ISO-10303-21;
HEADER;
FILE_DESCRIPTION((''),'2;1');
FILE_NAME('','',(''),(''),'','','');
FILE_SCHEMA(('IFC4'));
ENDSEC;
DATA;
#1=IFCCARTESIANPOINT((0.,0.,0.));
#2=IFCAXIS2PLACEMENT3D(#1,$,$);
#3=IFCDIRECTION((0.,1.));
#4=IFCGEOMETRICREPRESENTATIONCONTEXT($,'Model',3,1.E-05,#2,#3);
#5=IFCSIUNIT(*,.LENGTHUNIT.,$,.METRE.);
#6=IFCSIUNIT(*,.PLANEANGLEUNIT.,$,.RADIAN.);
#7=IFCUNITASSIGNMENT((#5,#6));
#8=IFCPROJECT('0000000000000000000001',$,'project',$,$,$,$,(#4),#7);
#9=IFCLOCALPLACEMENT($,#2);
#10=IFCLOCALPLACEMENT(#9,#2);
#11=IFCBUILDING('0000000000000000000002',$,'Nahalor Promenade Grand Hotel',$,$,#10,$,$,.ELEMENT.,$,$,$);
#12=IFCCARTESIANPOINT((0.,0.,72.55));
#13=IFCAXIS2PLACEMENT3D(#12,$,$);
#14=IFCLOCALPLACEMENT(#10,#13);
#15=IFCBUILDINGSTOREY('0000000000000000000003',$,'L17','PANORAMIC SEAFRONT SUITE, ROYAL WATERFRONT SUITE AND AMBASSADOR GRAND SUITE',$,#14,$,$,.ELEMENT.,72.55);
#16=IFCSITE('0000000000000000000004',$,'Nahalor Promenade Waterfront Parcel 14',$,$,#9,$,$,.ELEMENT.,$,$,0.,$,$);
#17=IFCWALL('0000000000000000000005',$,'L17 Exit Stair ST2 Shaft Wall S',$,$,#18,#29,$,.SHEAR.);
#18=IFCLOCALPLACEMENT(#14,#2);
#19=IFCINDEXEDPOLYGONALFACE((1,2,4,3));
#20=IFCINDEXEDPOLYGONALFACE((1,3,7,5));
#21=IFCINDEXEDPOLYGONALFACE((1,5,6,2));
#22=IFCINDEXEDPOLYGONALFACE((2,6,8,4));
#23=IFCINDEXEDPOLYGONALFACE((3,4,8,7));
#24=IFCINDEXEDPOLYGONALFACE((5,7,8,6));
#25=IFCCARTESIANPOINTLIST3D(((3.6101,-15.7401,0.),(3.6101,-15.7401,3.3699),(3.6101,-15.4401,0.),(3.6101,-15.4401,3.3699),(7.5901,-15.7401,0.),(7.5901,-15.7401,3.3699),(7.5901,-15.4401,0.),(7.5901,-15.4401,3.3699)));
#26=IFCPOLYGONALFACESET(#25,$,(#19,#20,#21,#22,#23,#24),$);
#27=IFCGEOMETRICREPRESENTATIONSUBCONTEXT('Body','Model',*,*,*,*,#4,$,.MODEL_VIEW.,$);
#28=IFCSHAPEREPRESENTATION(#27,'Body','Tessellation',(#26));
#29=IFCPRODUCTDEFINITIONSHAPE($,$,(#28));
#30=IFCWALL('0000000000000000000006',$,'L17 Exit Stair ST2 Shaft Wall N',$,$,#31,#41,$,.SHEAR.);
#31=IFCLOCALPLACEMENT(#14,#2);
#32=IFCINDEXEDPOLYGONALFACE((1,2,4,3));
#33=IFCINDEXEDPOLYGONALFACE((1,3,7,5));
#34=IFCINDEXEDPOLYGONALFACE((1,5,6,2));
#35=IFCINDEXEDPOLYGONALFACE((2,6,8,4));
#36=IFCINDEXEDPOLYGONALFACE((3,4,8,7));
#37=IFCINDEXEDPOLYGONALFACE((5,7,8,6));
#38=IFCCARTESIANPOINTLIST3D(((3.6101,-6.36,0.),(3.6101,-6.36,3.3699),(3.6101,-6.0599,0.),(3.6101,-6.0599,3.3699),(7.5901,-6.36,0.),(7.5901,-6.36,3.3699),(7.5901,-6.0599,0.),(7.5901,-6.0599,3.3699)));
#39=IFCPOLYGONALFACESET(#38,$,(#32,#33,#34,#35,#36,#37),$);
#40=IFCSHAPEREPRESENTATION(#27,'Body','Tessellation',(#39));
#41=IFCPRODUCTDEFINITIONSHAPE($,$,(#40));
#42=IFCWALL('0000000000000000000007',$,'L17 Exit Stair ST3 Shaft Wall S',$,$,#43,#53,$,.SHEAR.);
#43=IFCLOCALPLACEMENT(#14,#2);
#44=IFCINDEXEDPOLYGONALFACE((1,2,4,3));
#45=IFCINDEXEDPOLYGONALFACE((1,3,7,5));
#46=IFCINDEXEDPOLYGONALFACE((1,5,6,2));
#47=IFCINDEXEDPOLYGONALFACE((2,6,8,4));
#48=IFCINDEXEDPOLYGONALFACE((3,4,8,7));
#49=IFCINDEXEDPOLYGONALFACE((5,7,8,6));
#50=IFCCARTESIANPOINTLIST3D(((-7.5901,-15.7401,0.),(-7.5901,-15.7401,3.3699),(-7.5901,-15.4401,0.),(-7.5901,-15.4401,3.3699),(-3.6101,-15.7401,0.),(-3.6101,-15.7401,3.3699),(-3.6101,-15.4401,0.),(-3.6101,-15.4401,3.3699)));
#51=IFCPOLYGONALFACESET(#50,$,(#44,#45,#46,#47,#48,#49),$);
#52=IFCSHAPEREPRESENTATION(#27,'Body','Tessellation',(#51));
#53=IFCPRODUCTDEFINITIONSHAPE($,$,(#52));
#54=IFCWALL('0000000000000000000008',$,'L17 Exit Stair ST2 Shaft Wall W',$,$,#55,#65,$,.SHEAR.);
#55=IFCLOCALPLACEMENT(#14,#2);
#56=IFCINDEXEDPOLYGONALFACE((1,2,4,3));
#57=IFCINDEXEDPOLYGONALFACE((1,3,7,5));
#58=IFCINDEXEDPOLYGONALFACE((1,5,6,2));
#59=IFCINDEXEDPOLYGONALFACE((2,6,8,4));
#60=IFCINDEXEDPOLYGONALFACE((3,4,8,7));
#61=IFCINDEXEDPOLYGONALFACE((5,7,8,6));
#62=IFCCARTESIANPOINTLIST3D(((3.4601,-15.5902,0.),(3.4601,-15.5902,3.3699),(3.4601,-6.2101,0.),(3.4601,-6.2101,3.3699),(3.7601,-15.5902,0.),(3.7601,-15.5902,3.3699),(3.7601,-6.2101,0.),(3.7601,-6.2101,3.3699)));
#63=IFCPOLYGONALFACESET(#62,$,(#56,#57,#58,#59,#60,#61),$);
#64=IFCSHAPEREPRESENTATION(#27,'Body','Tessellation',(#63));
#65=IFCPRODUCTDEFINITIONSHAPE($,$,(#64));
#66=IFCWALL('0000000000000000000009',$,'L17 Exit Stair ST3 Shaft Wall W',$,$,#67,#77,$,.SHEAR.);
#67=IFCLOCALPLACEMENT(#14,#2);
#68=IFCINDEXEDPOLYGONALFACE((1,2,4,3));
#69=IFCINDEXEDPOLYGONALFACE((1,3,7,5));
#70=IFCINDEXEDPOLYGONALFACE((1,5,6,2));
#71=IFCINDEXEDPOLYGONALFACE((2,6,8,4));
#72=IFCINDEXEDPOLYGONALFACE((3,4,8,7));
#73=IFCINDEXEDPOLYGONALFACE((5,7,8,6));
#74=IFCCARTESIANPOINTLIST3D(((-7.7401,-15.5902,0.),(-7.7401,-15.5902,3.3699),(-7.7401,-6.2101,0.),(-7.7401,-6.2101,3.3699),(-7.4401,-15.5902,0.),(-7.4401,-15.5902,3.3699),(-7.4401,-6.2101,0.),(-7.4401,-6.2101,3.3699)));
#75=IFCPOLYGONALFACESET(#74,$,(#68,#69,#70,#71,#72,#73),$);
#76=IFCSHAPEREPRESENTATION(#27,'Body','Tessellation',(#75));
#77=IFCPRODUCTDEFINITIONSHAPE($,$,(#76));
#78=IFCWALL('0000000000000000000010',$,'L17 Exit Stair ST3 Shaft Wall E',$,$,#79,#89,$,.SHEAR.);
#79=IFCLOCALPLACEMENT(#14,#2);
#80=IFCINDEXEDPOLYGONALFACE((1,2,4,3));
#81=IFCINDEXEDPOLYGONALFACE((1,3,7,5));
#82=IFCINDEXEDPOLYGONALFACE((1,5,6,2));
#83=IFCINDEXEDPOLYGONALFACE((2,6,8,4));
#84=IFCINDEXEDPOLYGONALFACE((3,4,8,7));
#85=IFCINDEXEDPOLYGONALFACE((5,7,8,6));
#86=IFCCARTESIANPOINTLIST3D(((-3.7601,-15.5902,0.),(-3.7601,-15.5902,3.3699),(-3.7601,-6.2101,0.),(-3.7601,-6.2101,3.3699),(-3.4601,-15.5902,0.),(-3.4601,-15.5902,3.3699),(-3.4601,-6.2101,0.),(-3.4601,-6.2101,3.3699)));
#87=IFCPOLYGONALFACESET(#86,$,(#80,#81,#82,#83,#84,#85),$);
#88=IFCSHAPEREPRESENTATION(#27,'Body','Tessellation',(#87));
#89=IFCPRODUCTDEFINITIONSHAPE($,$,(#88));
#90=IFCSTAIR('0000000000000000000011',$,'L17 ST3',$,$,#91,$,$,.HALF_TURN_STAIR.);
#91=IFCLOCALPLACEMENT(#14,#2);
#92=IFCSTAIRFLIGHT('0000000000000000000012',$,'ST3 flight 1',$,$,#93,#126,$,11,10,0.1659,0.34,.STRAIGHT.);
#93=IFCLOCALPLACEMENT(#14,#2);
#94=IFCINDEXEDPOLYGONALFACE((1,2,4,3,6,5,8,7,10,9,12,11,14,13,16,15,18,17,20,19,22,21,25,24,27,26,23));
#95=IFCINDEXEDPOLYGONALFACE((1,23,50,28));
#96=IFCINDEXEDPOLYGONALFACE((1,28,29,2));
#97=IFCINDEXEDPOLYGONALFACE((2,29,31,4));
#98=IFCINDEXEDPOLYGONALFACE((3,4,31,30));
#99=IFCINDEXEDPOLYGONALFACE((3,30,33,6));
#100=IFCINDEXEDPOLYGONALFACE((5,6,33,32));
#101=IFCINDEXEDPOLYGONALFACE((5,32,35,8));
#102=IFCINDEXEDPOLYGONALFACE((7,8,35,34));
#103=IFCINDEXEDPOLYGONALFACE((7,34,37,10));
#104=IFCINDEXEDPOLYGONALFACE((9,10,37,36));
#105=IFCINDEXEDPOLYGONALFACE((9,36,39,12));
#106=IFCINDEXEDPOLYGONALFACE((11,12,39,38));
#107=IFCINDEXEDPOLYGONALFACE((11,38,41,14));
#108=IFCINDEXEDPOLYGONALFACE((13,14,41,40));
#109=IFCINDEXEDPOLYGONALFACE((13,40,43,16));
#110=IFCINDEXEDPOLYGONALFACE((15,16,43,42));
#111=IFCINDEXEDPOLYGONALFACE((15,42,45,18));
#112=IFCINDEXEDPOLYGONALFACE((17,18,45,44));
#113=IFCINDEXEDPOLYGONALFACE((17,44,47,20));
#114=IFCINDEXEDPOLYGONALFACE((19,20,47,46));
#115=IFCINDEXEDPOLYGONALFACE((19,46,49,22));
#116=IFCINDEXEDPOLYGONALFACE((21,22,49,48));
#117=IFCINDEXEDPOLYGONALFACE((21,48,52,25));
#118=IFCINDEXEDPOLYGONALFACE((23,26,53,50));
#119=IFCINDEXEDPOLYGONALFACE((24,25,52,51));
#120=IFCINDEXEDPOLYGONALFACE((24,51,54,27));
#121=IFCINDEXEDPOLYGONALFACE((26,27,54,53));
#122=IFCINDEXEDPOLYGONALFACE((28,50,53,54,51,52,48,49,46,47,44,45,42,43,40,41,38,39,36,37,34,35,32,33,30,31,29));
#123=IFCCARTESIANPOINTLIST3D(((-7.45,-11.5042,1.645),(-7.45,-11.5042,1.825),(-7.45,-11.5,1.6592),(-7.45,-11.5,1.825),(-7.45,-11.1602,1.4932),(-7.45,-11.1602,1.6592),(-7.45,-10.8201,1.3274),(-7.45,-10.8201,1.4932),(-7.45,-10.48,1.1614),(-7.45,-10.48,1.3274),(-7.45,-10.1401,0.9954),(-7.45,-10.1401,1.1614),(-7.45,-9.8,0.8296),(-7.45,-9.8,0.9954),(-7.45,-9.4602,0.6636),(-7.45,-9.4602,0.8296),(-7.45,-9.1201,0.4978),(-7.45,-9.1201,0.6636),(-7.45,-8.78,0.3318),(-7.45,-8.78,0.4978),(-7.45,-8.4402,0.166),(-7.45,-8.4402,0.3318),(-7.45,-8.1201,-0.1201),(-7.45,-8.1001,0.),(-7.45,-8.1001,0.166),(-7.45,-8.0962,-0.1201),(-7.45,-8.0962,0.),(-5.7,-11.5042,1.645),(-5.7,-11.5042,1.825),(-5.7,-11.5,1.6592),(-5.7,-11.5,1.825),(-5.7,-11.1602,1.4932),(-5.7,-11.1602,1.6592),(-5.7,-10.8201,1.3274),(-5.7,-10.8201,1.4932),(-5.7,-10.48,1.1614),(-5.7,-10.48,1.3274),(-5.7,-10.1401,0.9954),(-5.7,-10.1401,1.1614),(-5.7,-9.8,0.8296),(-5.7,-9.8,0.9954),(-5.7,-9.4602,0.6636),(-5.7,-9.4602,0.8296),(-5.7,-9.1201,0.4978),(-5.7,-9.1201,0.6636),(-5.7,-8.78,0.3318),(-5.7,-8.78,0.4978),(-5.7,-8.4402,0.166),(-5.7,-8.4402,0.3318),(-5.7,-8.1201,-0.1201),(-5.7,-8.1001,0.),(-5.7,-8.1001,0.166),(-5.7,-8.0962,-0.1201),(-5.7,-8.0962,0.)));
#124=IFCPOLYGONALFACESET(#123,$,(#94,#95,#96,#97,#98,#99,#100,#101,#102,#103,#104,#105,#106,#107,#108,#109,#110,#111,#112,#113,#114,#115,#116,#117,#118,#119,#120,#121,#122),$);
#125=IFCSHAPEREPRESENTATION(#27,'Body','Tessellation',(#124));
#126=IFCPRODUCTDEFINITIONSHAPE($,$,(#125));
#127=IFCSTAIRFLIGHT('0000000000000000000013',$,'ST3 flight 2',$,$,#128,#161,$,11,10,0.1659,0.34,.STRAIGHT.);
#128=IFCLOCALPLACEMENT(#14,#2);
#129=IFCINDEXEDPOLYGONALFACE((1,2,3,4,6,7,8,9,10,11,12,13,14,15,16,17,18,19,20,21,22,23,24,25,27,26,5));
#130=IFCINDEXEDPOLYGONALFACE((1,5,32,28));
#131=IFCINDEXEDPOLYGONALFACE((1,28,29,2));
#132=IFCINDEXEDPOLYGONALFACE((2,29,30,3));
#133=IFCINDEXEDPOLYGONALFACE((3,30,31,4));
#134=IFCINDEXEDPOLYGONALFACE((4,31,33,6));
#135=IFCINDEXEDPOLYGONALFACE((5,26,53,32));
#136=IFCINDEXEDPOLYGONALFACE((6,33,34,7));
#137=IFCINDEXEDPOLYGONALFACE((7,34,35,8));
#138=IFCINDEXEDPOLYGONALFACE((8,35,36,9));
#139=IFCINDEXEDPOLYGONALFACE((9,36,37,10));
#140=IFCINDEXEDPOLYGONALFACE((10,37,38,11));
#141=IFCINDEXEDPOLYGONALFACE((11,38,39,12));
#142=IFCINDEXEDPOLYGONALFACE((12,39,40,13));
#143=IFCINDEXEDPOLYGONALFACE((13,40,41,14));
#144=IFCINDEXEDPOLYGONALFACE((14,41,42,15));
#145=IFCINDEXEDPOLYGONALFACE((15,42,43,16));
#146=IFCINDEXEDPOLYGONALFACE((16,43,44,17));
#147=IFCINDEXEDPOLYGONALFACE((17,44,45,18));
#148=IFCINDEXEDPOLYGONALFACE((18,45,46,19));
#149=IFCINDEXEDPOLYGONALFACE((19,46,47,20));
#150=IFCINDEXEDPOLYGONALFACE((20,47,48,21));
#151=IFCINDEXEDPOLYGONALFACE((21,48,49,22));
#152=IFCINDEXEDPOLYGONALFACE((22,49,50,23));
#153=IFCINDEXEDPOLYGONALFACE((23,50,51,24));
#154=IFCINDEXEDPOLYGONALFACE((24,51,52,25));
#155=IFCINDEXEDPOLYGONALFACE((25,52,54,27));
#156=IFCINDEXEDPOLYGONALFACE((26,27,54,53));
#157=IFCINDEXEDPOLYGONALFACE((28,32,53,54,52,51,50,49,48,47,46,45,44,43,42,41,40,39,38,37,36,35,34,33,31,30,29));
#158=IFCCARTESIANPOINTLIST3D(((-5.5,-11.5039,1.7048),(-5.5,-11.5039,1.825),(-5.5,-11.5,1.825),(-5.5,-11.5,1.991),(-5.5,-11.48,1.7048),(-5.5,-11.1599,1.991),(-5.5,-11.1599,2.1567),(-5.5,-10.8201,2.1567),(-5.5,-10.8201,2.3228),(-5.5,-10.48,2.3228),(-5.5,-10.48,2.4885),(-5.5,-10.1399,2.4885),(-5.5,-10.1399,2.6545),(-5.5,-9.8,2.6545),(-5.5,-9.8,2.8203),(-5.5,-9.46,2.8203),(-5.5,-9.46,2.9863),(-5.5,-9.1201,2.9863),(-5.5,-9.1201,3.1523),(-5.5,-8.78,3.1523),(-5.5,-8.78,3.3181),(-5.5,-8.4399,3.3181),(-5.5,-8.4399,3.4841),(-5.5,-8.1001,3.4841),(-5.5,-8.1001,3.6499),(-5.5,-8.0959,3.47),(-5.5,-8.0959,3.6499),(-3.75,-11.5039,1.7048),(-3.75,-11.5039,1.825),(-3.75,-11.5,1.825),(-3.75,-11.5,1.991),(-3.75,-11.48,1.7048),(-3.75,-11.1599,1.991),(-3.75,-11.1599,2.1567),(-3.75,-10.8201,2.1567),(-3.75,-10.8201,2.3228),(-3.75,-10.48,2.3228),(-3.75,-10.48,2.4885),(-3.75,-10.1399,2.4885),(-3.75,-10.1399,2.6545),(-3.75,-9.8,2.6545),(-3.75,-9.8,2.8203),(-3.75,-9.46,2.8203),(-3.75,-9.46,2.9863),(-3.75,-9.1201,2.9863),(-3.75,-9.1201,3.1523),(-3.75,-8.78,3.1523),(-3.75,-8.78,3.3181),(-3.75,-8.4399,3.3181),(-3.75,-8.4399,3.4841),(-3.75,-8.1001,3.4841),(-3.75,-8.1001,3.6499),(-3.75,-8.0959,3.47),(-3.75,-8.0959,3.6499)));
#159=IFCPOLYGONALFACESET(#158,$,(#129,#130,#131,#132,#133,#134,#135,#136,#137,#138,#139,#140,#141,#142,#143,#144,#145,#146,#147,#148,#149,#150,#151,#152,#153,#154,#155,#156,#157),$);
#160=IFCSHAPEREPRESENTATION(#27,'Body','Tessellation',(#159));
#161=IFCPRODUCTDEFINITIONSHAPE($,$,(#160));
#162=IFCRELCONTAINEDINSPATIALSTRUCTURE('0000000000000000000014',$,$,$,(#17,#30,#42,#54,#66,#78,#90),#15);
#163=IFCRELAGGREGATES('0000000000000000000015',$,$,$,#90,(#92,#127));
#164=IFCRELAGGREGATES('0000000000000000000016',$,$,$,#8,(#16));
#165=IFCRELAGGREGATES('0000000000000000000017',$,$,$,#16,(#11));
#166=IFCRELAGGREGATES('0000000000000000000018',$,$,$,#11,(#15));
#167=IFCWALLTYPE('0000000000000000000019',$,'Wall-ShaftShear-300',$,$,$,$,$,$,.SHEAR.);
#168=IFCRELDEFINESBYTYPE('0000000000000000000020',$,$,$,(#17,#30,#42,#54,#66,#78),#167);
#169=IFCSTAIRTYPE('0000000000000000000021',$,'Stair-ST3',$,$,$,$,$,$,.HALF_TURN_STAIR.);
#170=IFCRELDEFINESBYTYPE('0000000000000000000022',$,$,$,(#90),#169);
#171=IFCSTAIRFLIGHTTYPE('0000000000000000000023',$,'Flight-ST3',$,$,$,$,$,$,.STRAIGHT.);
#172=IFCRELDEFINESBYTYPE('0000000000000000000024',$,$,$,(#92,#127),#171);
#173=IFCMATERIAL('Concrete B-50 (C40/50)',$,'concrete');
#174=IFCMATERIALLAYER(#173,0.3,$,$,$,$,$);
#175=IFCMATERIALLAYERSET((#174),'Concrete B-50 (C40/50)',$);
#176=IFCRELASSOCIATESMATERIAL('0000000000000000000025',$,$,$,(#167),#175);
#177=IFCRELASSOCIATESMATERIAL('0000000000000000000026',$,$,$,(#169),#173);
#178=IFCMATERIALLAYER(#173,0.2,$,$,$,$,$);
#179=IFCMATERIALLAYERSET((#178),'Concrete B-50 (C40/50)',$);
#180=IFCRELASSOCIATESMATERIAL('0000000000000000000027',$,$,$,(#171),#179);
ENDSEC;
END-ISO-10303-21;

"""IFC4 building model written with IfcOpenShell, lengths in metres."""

from ifc_helpers import new_model, si_unit, direction, frame, frame_2d, origin, place, context, subcontext, project, spatial, polyline, rectangle, outline, extrude, source, transform, mapped, material, layer, layer_set, type_object, element, aggregate, save


model = new_model("IFC4")

# Units and contexts
model_context = context("Model", 3, precision=1e-05, world=origin(), true_north=direction((0.0, 1.0)))
body_context = subcontext(model_context, "Body", "Model", "MODEL_VIEW")
ifc_project = project(units=[si_unit("LENGTHUNIT", "METRE"), si_unit("PLANEANGLEUNIT", "RADIAN")], contexts=[model_context])

# Site, building, storey
site_placement = place(None, origin())
site = spatial("IfcSite", under=ifc_project, at=site_placement, Name="Nahalor Promenade Waterfront Parcel 14", CompositionType="ELEMENT", RefElevation=0.0)
building_placement = place(site_placement, origin())
building = spatial("IfcBuilding", under=site, at=building_placement, Name="Nahalor Promenade Grand Hotel", CompositionType="ELEMENT")
storey_placement = place(building_placement, frame((0.0, 0.0, 72.55)))
storey = spatial("IfcBuildingStorey", under=building, at=storey_placement, Name="L17", Description="PANORAMIC SEAFRONT SUITE, ROYAL WATERFRONT SUITE AND AMBASSADOR GRAND SUITE", CompositionType="ELEMENT", Elevation=72.55)

# Walls
ifc_material_1 = material(Name="Concrete B-50 (C40/50)", Category="concrete")
ifc_layer_1 = layer(ifc_material_1, 0.3)
ifc_layer_set_1 = layer_set([ifc_layer_1], Name="Concrete B-50 (C40/50)")
wall_type = type_object("IfcWallType", Name="Wall-ShaftShear-300", PredefinedType="SHEAR", material=ifc_layer_set_1)
shared_shape_1 = source(origin(), body_context, "Body", "SweptSolid", [
    extrude(rectangle(XDim=3.98, YDim=0.3, at=frame_2d((1.99, 0.0))), origin(), (0.0, 0.0, 1.0), 3.3699),
])
for number, where, z_axis, x_axis, name in (
    (1, (3.6101, -15.5901, 0.0), (0.0, 0.0, 1.0), (1.0, 0.0, 0.0), "L17 Exit Stair ST2 Shaft Wall S"),
    (2, (3.6101, -6.21, 0.0), (0.0, 0.0, 1.0), (1.0, 0.0, 0.0), "L17 Exit Stair ST2 Shaft Wall N"),
    (3, (-7.5901, -15.5901, 0.0), (0.0, 0.0, 1.0), (1.0, 0.0, 0.0), "L17 Exit Stair ST3 Shaft Wall S"),
):
    element("IfcWall", number, at=place(storey_placement, frame(where, z_axis=z_axis, x_axis=x_axis)), inside=storey, type_object=wall_type, Name=name, PredefinedType="SHEAR", context=body_context, shape_type="MappedRepresentation", body=[
        mapped(shared_shape_1, transform((0.0, 0.0, 0.0), scale=1.0)),
    ])

# Walls
shared_shape_2 = source(origin(), body_context, "Body", "SweptSolid", [
    extrude(rectangle(XDim=9.3801, YDim=0.3, at=frame_2d((4.6899, 0.0))), origin(), (0.0, 0.0, 1.0), 3.3699),
])
for number, where, z_axis, x_axis, name in (
    (4, (3.6101, -15.5901, 0.0), (0.0, 0.0, 1.0), (0.0, 1.0, 0.0), "L17 Exit Stair ST2 Shaft Wall W"),
    (5, (-7.5901, -15.5901, 0.0), (0.0, 0.0, 1.0), (0.0, 1.0, 0.0), "L17 Exit Stair ST3 Shaft Wall W"),
    (6, (-3.6101, -15.5901, 0.0), (0.0, 0.0, 1.0), (0.0, 1.0, 0.0), "L17 Exit Stair ST3 Shaft Wall E"),
):
    element("IfcWall", number, at=place(storey_placement, frame(where, z_axis=z_axis, x_axis=x_axis)), inside=storey, type_object=wall_type, Name=name, PredefinedType="SHEAR", context=body_context, shape_type="MappedRepresentation", body=[
        mapped(shared_shape_2, transform((0.0, 0.0, 0.0), scale=1.0)),
    ])

# Stair, stair flights
stair_type = type_object("IfcStairType", Name="Stair-ST3", PredefinedType="HALF_TURN_STAIR", material=ifc_material_1)
stair_placement = place(storey_placement, origin())
stair = element("IfcStair", 7, at=stair_placement, inside=storey, type_object=stair_type, Name="L17 ST3", PredefinedType="HALF_TURN_STAIR")
ifc_layer_2 = layer(ifc_material_1, 0.2)
ifc_layer_set_2 = layer_set([ifc_layer_2], Name="Concrete B-50 (C40/50)")
stair_flight_type = type_object("IfcStairFlightType", Name="Flight-ST3", PredefinedType="STRAIGHT", material=ifc_layer_set_2)
shared_shape_3 = source(origin(), body_context, "Body", "SweptSolid", [
    extrude(outline(polyline([(-0.0039, -0.1201), (-0.0039, 0.0), (0.0, 0.0), (0.0, 0.166), (0.3401, 0.166), (0.3401, 0.3318), (0.6799, 0.3318), (0.6799, 0.4978), (1.02, 0.4978), (1.02, 0.6636), (1.3601, 0.6636), (1.3601, 0.8296), (1.7, 0.8296), (1.7, 0.9954), (2.04, 0.9954), (2.04, 1.1614), (2.3799, 1.1614), (2.3799, 1.3274), (2.72, 1.3274), (2.72, 1.4932), (3.0601, 1.4932), (3.0601, 1.6592), (3.3999, 1.6592), (3.3999, 1.825), (3.4041, 1.825), (3.4041, 1.645), (0.02, -0.1201), (-0.0039, -0.1201)])), frame((0.0, 0.875, 0.0), z_axis=(0.0, -1.0, 0.0), x_axis=(1.0, 0.0, 0.0)), (0.0, 0.0, 1.0), 1.75),
])
stair_flight_1_placement = place(storey_placement, frame((-6.575, -8.1001, 0.0), z_axis=(0.0, 0.0, 1.0), x_axis=(0.0, -1.0, 0.0)))
stair_flight_1 = element("IfcStairFlight", 8, at=stair_flight_1_placement, type_object=stair_flight_type, Name="ST3 flight 1", NumberOfRisers=11, NumberOfTreads=10, PredefinedType="STRAIGHT", RiserHeight=0.1659, TreadLength=0.34, context=body_context, shape_type="MappedRepresentation", body=[
    mapped(shared_shape_3, transform((0.0, 0.0, 0.0), scale=1.0)),
])
stair_flight_2_placement = place(storey_placement, frame((-4.625, -11.5, 1.825), z_axis=(0.0, 0.0, 1.0), x_axis=(0.0, 1.0, 0.0)))
stair_flight_2 = element("IfcStairFlight", 9, at=stair_flight_2_placement, type_object=stair_flight_type, Name="ST3 flight 2", NumberOfRisers=11, NumberOfTreads=10, PredefinedType="STRAIGHT", RiserHeight=0.1659, TreadLength=0.34, context=body_context, shape_type="MappedRepresentation", body=[
    mapped(shared_shape_3, transform((0.0, 0.0, 0.0), scale=1.0)),
])
aggregate(stair, [stair_flight_1, stair_flight_2])

save(model, "model.ifc")
